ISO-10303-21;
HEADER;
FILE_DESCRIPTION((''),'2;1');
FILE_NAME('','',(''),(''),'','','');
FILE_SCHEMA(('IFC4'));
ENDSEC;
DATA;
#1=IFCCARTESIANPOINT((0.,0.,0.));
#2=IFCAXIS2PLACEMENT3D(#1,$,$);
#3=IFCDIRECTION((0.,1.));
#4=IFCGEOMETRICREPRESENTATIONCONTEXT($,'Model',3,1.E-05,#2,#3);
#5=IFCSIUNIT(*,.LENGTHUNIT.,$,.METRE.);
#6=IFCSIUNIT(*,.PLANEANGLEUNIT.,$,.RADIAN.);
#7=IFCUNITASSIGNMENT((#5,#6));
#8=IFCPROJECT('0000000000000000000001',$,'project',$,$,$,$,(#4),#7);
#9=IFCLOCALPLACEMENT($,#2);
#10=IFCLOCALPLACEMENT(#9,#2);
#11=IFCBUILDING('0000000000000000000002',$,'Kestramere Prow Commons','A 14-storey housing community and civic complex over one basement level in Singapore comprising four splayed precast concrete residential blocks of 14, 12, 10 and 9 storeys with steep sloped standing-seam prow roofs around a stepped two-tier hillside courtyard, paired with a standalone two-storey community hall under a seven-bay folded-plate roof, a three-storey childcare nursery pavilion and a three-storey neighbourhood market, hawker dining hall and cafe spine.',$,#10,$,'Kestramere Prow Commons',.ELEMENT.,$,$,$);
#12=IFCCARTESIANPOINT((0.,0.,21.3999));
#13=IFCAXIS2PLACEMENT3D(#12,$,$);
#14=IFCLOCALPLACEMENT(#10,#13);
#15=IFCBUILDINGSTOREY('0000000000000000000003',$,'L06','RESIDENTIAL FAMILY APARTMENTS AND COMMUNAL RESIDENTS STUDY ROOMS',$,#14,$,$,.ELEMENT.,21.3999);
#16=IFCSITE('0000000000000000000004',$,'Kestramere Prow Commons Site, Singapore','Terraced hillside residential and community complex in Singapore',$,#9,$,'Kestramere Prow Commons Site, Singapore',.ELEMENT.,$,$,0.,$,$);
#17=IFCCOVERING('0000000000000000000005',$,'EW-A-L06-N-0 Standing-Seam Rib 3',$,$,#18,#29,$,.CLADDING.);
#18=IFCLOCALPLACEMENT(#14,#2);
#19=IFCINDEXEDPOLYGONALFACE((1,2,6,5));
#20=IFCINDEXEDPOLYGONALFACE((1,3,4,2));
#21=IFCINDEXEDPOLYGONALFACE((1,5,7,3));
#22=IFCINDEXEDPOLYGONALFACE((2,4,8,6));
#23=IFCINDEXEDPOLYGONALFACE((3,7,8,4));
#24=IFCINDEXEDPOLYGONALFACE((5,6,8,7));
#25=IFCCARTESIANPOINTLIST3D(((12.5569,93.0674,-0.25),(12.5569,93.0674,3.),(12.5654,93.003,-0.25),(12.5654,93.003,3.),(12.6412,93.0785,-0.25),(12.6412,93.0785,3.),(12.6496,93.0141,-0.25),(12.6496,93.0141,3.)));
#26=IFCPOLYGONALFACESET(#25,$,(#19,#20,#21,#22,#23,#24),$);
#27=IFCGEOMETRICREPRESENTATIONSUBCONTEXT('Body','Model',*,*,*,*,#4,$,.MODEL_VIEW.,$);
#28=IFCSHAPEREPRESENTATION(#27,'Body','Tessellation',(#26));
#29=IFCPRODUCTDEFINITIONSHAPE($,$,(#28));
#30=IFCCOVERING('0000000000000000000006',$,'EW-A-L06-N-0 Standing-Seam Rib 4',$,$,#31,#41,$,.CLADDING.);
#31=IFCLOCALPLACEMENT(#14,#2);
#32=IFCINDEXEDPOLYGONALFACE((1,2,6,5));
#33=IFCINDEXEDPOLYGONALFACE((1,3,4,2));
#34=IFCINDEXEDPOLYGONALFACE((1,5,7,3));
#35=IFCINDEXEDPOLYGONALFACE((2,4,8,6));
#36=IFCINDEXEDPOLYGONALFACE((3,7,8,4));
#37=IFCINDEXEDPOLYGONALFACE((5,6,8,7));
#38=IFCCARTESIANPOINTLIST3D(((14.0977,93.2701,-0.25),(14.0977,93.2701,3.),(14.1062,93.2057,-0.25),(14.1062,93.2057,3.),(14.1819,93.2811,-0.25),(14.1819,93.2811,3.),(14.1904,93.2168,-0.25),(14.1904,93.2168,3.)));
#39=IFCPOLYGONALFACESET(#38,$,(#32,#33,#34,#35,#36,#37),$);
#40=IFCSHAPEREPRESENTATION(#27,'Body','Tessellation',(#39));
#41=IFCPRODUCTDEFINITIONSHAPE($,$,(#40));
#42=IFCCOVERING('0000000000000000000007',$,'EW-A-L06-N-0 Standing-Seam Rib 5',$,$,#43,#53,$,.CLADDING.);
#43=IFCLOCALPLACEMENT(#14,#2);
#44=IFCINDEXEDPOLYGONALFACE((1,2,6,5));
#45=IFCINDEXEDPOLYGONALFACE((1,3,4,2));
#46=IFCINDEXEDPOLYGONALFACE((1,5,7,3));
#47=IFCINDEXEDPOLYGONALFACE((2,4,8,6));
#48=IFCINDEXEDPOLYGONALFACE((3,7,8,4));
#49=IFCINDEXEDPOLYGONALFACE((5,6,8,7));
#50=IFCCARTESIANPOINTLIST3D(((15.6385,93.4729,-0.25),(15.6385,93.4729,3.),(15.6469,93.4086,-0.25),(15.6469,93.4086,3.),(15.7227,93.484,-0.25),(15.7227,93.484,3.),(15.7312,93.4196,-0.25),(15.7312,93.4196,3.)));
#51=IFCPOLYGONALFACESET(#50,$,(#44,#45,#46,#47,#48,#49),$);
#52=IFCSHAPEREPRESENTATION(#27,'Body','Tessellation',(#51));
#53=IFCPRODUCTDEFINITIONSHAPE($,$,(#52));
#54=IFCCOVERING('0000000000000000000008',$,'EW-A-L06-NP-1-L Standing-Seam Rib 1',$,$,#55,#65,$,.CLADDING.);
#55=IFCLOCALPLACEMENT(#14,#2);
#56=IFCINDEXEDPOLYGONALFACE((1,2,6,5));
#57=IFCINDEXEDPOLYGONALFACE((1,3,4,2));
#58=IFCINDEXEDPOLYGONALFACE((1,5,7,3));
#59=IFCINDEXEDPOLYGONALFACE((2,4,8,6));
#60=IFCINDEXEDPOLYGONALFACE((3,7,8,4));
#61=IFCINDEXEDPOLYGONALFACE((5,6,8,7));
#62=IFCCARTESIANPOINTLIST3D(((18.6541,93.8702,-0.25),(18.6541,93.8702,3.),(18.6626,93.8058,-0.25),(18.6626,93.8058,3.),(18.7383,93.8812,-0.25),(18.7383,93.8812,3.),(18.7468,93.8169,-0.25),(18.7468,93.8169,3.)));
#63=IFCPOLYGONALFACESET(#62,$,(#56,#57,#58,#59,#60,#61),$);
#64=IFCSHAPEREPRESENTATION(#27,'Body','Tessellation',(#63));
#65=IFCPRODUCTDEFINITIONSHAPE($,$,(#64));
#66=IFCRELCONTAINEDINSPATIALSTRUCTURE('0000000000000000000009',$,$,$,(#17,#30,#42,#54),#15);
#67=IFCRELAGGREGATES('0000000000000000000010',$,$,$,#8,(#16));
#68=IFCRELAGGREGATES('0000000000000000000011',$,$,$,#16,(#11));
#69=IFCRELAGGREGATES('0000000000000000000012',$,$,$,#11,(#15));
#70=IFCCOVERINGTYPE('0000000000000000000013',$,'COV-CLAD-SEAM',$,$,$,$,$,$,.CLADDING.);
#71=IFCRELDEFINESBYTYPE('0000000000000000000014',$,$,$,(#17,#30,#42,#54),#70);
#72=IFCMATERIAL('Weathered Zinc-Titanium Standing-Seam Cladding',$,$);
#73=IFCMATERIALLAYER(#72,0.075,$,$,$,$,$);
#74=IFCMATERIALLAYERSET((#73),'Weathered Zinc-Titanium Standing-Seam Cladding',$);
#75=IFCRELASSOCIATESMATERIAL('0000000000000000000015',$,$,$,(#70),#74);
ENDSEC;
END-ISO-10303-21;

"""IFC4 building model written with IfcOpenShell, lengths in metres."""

from ifc_helpers import new_model, si_unit, direction, frame, origin, origin_2d, place, context, subcontext, project, spatial, rectangle, extrude, material, layer, layer_set, type_object, element, save


model = new_model("IFC4")

# Units and contexts
model_context = context("Model", 3, precision=1e-05, world=origin(), true_north=direction((0.0, 1.0)))
body_context = subcontext(model_context, "Body", "Model", "MODEL_VIEW")
ifc_project = project(units=[si_unit("LENGTHUNIT", "METRE"), si_unit("PLANEANGLEUNIT", "RADIAN")], contexts=[model_context])

# Site, building, storey
site_placement = place(None, origin())
site = spatial("IfcSite", under=ifc_project, at=site_placement, Name="Kestramere Prow Commons Site, Singapore", Description="Terraced hillside residential and community complex in Singapore", LongName="Kestramere Prow Commons Site, Singapore", CompositionType="ELEMENT", RefElevation=0.0)
building_placement = place(site_placement, origin())
building = spatial("IfcBuilding", under=site, at=building_placement, Name="Kestramere Prow Commons", Description="A 14-storey housing community and civic complex over one basement level in Singapore comprising four splayed precast concrete residential blocks of 14, 12, 10 and 9 storeys with steep sloped standing-seam prow roofs around a stepped two-tier hillside courtyard, paired with a standalone two-storey community hall under a seven-bay folded-plate roof, a three-storey childcare nursery pavilion and a three-storey neighbourhood market, hawker dining hall and cafe spine.", LongName="Kestramere Prow Commons", CompositionType="ELEMENT")
storey_placement = place(building_placement, frame((0.0, 0.0, 21.3999)))
storey = spatial("IfcBuildingStorey", under=building, at=storey_placement, Name="L06", Description="RESIDENTIAL FAMILY APARTMENTS AND COMMUNAL RESIDENTS STUDY ROOMS", CompositionType="ELEMENT", Elevation=21.3999)

# Coverings
ifc_material_1 = material(Name="Weathered Zinc-Titanium Standing-Seam Cladding")
ifc_layer_1 = layer(ifc_material_1, 0.075)
ifc_layer_set_1 = layer_set([ifc_layer_1], Name="Weathered Zinc-Titanium Standing-Seam Cladding")
covering_type = type_object("IfcCoveringType", Name="COV-CLAD-SEAM", PredefinedType="CLADDING", material=ifc_layer_set_1)
for number, where, z_axis, x_axis, name in (
    (1, (12.6033, 93.0408, -0.25), (0.0, 0.0, 1.0), (0.991445, 0.130526, 0.0), "EW-A-L06-N-0 Standing-Seam Rib 3"),
    (2, (14.144, 93.2434, -0.25), (0.0, 0.0, 1.0), (0.991445, 0.130526, 0.0), "EW-A-L06-N-0 Standing-Seam Rib 4"),
    (3, (15.6848, 93.4463, -0.25), (0.0, 0.0, 1.0), (0.991445, 0.130526, 0.0), "EW-A-L06-N-0 Standing-Seam Rib 5"),
    (4, (18.7004, 93.8435, -0.25), (0.0, 0.0, 1.0), (0.991445, 0.130526, 0.0), "EW-A-L06-NP-1-L Standing-Seam Rib 1"),
):
    element("IfcCovering", number, at=place(storey_placement, frame(where, z_axis=z_axis, x_axis=x_axis)), inside=storey, type_object=covering_type, Name=name, PredefinedType="CLADDING", context=body_context, shape_type="SweptSolid", body=[
        extrude(rectangle(XDim=0.085, YDim=0.0649, at=origin_2d()), origin(), (0.0, 0.0, 1.0), 3.25),
    ])

save(model, "model.ifc")
